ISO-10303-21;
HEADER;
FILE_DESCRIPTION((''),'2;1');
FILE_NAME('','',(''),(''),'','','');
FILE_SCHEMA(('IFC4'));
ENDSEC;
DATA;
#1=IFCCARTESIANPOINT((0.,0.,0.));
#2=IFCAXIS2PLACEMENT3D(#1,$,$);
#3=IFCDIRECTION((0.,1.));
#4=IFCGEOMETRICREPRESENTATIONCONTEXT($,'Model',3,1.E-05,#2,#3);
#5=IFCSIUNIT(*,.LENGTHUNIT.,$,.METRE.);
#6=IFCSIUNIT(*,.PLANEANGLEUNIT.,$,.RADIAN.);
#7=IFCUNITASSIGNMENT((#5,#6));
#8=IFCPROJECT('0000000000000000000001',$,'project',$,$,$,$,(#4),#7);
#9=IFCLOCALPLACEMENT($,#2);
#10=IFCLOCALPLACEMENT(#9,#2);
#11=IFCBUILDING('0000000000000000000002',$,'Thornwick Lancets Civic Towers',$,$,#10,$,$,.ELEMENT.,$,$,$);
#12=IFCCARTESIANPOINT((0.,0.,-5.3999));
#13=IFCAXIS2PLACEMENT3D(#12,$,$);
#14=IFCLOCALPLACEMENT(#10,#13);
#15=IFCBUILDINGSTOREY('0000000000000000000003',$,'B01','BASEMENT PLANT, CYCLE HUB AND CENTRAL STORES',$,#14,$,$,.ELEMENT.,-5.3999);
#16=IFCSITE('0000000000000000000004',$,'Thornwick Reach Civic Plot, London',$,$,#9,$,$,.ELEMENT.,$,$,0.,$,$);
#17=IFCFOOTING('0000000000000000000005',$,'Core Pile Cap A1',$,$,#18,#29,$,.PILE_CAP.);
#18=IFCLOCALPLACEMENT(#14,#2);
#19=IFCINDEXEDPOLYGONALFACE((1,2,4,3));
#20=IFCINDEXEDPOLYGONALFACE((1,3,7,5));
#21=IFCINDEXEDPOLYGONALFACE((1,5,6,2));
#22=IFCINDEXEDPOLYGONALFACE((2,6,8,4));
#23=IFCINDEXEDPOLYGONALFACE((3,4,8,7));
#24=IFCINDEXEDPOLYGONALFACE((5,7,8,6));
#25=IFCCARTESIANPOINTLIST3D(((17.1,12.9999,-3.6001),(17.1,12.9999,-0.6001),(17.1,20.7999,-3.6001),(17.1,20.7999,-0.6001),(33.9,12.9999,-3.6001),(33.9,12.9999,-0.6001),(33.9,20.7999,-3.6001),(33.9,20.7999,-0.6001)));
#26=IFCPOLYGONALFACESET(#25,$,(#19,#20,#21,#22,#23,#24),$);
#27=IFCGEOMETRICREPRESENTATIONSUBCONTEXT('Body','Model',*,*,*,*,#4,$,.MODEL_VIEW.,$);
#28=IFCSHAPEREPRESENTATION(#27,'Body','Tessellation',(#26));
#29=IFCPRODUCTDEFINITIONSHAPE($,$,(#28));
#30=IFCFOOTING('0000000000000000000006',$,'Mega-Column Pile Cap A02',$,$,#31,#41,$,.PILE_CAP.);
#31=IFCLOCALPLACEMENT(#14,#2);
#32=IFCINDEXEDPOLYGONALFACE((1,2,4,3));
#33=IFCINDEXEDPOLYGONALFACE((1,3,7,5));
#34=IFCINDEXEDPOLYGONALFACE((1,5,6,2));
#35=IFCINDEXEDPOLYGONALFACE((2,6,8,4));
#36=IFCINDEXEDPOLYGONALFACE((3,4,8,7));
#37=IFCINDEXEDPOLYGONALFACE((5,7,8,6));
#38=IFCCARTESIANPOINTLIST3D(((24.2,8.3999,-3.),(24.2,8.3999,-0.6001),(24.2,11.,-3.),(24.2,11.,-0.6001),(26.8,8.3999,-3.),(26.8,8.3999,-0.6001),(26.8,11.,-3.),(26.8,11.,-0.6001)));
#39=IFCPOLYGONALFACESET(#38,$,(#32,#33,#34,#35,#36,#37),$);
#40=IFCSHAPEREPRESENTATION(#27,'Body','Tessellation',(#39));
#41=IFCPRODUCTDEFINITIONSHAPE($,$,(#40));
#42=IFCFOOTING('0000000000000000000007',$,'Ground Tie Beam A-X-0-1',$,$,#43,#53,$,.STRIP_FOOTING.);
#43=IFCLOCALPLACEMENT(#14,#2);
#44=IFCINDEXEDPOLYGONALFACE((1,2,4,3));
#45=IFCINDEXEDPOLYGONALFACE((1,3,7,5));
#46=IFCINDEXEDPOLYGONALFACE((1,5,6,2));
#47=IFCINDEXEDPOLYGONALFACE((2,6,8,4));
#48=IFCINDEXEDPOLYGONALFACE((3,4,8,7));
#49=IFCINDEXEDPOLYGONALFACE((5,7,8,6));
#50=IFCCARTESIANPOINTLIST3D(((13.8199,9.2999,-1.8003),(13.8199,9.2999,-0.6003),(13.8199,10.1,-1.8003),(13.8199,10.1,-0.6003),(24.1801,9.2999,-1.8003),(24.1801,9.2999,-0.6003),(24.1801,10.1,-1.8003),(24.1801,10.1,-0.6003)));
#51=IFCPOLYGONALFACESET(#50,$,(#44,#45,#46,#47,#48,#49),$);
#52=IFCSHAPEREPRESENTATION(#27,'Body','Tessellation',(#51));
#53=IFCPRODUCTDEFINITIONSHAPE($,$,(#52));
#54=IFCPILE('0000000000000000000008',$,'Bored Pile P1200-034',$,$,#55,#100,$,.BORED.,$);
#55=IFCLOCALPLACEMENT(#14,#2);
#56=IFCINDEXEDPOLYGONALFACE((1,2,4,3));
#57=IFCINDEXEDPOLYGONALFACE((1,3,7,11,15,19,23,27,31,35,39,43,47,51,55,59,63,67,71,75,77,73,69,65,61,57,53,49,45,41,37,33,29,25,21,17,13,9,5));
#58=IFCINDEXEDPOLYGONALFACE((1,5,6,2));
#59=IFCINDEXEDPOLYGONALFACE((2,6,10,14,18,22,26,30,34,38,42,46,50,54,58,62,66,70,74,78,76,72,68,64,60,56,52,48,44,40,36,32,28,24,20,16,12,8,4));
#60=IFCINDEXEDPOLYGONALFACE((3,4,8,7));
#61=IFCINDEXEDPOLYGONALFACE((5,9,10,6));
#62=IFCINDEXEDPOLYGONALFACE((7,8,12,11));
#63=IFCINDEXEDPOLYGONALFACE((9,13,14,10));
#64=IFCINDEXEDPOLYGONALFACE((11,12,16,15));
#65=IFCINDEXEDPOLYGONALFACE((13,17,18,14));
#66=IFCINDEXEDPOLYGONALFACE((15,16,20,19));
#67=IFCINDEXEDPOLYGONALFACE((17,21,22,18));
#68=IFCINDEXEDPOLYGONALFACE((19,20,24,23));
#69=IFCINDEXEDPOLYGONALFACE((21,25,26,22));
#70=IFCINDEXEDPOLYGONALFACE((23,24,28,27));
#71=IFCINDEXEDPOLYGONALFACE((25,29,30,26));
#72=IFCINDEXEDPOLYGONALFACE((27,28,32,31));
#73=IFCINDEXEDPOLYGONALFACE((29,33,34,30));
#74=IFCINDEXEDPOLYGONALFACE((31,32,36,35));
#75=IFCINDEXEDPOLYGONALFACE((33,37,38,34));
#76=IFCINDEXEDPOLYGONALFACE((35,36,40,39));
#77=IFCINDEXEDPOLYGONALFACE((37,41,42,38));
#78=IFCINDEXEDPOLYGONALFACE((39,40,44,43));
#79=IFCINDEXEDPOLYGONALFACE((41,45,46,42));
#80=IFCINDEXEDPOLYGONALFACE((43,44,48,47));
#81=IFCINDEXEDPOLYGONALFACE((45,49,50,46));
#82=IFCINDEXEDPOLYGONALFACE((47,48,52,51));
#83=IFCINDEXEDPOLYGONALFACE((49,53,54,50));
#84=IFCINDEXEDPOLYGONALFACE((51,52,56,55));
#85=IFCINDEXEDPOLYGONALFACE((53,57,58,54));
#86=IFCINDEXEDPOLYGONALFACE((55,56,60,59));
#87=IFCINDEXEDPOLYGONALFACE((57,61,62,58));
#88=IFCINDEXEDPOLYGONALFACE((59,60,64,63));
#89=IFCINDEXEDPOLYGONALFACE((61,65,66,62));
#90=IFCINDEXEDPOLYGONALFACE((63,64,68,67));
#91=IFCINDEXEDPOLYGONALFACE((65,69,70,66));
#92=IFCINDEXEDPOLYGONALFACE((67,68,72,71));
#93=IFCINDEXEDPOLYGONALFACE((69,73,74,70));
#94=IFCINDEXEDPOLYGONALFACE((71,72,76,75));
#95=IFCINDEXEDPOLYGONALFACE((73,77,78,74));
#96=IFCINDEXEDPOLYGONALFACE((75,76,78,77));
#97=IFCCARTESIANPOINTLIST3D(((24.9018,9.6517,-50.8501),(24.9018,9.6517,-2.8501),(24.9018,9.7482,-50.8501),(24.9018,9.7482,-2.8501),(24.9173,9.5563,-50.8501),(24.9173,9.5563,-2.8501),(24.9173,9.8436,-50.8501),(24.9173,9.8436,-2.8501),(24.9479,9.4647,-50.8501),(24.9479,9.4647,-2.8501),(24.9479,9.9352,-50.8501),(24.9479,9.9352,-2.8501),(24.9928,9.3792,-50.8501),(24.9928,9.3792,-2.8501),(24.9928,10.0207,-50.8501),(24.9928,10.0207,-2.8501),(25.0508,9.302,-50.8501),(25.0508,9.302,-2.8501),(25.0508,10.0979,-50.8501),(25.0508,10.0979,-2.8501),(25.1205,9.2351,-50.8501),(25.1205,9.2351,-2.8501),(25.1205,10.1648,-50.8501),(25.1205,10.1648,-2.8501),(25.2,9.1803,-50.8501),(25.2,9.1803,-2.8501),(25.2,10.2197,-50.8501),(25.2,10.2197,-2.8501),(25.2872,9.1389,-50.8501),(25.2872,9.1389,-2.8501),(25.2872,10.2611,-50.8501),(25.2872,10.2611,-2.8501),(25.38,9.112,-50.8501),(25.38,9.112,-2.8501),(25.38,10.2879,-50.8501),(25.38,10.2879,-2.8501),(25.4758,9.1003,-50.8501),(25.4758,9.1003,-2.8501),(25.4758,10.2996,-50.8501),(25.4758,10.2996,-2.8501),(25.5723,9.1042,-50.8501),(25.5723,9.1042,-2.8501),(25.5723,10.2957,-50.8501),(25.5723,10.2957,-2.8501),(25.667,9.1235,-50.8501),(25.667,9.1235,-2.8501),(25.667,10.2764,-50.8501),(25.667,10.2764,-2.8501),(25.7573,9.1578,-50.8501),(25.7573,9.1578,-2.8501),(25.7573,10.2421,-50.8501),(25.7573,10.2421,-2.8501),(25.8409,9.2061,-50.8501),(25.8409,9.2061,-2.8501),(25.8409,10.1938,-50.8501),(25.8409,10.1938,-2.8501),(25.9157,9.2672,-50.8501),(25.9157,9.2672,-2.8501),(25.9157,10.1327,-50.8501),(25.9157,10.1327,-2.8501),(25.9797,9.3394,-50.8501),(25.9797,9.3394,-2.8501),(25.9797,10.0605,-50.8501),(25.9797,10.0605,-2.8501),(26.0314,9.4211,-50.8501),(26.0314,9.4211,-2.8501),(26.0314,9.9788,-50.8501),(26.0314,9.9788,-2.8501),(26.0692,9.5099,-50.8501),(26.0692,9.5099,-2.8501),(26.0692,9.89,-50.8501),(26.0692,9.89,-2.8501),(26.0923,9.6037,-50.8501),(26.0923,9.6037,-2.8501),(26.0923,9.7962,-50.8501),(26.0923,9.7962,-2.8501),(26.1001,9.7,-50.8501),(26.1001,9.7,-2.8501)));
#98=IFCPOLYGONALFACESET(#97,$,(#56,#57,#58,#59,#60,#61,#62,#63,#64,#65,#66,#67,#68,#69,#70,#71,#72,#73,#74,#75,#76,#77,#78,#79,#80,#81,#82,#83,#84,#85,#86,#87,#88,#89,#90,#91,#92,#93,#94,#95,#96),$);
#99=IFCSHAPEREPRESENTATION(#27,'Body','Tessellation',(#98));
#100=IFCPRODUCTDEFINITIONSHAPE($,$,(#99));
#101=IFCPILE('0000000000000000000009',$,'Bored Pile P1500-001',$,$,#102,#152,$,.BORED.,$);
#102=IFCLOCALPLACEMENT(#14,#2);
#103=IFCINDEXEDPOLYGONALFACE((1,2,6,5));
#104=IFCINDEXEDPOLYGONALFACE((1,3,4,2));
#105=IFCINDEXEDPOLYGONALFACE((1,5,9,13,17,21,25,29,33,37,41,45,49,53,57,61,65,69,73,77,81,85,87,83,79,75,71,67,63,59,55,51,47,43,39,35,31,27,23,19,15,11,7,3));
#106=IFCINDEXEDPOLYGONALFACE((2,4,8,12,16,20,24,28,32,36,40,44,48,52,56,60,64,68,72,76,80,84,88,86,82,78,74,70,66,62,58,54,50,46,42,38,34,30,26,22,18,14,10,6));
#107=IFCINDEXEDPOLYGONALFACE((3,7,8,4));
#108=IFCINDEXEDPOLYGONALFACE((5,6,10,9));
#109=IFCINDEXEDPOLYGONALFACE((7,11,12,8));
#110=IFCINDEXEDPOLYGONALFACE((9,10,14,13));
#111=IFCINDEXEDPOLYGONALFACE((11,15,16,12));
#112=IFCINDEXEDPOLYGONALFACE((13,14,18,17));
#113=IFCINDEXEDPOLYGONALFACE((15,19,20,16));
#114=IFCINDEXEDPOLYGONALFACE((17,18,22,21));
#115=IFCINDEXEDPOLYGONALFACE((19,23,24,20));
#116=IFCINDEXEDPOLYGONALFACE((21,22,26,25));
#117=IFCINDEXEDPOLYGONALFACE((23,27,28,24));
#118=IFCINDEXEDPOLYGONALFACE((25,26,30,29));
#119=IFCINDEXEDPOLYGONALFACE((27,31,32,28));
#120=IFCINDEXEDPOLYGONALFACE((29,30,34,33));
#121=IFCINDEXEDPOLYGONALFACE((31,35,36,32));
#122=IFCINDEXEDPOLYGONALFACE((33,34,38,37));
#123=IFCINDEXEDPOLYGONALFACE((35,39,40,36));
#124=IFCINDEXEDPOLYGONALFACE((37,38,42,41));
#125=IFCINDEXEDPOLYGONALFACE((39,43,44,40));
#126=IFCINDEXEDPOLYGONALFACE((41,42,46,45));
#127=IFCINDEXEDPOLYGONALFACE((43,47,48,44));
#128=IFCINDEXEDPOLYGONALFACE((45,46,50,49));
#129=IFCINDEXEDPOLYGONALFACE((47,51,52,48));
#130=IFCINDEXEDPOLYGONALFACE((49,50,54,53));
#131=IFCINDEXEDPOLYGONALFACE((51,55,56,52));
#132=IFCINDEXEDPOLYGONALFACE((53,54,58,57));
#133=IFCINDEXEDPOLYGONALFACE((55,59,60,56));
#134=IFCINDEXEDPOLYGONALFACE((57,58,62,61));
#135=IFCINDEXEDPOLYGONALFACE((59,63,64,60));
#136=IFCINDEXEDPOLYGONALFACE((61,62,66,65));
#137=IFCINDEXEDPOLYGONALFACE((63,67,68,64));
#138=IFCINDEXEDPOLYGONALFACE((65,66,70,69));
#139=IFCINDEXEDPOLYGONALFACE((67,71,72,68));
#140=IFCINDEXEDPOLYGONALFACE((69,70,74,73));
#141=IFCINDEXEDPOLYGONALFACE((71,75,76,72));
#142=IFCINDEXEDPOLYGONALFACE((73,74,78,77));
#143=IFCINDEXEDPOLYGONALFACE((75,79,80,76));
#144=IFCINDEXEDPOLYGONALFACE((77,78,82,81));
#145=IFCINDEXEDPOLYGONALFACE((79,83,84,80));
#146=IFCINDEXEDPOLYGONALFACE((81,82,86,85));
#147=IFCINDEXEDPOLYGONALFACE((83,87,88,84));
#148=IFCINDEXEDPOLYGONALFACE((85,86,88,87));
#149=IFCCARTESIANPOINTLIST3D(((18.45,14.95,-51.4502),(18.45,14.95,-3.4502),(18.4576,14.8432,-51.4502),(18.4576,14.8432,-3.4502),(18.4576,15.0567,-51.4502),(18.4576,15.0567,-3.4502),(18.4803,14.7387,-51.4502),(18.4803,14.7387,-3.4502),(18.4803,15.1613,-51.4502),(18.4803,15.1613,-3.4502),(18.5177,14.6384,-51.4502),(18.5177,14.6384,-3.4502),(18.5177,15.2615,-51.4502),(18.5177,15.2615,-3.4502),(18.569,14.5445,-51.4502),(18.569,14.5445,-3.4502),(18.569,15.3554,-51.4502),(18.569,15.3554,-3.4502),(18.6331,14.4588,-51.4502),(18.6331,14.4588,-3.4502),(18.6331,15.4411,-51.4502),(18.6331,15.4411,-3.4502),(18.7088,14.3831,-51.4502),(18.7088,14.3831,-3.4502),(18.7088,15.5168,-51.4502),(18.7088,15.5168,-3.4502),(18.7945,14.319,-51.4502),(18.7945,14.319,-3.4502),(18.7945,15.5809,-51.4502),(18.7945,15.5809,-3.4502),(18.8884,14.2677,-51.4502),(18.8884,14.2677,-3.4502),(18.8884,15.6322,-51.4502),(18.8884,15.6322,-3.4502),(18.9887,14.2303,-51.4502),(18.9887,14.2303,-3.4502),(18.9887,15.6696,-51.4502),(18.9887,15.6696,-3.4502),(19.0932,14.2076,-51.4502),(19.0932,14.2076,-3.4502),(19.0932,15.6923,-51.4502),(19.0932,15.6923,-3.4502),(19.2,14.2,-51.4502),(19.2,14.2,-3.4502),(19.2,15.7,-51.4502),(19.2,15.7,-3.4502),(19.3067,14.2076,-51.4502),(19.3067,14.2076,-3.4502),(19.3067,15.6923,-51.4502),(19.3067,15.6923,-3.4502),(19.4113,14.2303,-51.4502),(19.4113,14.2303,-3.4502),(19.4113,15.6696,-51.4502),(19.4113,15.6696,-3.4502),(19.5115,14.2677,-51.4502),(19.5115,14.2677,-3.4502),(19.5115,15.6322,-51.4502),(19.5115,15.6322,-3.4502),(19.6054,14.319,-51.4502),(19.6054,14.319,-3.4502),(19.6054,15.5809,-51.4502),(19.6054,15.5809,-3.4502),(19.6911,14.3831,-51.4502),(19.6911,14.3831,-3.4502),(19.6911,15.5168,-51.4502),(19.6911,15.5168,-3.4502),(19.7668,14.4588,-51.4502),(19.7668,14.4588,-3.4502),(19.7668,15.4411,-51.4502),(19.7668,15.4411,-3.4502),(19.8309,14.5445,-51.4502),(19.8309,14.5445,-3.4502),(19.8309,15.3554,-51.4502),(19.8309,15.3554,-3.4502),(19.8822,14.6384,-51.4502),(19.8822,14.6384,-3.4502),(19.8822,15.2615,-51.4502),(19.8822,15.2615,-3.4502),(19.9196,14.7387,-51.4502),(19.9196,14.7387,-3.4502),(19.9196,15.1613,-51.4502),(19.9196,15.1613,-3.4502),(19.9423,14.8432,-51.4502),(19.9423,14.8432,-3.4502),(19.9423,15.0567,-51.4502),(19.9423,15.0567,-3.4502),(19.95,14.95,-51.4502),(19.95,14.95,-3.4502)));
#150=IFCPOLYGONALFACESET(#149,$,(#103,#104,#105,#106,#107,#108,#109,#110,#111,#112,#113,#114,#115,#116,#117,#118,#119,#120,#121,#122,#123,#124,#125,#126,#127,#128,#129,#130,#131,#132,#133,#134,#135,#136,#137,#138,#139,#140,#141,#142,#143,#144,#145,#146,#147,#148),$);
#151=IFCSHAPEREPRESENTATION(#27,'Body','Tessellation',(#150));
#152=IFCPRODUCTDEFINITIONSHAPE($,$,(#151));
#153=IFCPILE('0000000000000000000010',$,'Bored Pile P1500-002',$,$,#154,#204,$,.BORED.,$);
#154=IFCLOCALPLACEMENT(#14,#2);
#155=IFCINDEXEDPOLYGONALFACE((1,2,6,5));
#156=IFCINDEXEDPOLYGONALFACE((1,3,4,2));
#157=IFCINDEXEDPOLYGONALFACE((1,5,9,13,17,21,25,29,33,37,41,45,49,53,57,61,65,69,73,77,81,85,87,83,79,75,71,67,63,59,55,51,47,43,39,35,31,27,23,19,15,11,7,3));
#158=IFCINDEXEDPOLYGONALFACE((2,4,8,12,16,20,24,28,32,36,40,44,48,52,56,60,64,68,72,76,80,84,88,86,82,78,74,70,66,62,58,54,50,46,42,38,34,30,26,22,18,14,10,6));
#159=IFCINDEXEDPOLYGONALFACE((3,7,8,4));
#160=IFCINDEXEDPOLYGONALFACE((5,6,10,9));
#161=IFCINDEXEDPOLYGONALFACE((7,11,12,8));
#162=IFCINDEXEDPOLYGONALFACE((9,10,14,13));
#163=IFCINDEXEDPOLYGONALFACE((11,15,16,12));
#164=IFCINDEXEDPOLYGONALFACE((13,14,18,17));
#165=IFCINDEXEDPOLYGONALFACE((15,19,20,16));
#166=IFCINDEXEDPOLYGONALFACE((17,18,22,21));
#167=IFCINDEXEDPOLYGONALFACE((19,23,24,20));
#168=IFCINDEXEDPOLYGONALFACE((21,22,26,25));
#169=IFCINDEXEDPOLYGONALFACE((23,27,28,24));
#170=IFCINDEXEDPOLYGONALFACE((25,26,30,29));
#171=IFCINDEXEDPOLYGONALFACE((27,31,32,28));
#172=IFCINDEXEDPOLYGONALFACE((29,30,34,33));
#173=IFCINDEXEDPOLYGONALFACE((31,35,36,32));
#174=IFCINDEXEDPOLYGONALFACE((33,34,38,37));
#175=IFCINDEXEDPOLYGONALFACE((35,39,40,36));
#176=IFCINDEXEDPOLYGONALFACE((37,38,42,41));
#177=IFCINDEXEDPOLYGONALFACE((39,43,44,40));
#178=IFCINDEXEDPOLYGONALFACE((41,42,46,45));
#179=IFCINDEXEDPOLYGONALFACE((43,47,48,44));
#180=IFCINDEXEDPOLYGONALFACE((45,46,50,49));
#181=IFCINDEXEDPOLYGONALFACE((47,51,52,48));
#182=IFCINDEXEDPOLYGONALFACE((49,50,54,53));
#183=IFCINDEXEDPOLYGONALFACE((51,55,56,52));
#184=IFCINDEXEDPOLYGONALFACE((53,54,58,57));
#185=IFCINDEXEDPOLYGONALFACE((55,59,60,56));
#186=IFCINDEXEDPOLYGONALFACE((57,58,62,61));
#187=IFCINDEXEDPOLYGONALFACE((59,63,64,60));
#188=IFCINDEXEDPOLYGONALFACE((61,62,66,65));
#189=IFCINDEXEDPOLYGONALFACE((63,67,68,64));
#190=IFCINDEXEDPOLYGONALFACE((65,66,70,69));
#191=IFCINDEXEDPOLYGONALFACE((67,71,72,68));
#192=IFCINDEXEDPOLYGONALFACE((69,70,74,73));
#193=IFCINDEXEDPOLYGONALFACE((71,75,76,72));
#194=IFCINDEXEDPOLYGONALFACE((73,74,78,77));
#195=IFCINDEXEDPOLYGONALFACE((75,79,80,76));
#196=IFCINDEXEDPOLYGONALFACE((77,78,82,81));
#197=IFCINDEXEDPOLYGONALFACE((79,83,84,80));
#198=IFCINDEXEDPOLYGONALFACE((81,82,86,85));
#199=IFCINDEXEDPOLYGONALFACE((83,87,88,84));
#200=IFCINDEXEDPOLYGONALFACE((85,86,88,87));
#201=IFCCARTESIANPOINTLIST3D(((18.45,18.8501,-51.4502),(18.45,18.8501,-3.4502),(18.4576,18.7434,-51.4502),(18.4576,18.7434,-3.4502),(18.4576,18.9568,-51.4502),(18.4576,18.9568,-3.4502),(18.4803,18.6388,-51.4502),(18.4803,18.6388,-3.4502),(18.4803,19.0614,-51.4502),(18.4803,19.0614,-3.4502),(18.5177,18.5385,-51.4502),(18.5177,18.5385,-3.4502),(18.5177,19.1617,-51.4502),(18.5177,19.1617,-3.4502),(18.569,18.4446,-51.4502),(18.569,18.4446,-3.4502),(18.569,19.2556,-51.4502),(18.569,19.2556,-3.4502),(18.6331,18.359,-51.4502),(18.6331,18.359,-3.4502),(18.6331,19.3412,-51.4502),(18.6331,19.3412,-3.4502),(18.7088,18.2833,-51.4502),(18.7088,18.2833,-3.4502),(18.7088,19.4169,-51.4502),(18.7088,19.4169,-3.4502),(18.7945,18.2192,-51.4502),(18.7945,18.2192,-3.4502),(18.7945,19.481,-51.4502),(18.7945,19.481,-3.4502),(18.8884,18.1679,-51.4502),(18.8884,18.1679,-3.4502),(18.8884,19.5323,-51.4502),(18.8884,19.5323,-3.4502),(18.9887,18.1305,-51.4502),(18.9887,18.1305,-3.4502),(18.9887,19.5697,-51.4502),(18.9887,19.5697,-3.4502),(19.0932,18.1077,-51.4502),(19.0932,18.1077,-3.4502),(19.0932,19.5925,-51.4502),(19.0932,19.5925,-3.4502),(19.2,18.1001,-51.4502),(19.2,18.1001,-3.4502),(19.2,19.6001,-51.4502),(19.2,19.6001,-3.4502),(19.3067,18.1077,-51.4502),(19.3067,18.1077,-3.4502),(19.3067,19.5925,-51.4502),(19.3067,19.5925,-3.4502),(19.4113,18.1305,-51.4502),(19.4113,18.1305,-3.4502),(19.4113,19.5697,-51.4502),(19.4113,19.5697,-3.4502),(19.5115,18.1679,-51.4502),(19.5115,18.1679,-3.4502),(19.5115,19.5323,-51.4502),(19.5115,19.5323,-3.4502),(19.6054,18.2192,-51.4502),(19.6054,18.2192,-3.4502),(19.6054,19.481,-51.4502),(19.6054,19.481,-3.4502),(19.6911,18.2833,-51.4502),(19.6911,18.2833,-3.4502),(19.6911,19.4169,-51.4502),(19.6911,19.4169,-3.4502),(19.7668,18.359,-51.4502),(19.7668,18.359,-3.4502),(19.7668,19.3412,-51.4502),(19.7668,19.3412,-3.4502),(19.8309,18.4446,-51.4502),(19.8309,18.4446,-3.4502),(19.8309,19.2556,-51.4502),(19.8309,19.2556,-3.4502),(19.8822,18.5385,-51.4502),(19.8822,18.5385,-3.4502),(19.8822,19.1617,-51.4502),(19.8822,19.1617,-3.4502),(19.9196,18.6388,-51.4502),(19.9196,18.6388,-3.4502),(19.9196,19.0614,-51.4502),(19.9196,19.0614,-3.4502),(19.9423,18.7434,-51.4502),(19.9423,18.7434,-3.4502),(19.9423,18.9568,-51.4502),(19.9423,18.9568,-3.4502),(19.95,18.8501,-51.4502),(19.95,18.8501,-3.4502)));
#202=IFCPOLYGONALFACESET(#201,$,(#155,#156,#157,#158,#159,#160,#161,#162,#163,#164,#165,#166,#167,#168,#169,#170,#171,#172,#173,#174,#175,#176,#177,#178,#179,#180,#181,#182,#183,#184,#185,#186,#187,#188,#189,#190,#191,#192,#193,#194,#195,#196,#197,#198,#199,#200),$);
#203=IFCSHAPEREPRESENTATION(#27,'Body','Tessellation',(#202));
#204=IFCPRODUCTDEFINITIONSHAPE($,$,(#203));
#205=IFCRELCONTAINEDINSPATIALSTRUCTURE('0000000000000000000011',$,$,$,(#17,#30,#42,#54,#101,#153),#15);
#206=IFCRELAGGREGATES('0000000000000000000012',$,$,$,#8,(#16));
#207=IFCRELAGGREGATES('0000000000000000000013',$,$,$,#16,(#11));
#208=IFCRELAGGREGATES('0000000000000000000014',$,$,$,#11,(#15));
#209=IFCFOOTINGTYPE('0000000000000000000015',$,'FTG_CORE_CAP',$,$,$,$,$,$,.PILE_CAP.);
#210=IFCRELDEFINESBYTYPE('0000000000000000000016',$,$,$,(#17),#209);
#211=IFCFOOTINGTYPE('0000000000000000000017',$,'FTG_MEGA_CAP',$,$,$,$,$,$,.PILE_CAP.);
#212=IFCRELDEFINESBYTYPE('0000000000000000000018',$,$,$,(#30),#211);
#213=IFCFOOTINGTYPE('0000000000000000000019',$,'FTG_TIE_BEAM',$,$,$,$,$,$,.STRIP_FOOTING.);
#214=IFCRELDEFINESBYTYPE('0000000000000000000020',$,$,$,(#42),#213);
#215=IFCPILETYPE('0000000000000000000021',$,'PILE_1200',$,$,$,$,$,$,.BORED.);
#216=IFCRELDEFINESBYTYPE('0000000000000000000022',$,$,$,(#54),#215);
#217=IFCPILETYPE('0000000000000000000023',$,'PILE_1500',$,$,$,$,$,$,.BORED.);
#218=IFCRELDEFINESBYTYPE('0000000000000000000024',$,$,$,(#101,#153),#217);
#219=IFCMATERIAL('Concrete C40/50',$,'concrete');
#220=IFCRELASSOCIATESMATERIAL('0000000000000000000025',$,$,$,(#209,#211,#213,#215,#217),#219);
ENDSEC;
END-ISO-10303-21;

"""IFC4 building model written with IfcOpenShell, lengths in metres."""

from ifc_helpers import new_model, si_unit, direction, frame, origin, origin_2d, place, context, subcontext, project, spatial, rectangle, circle, extrude, material, material_profile, profile_set, type_object, element, save


model = new_model("IFC4")

# Units and contexts
model_context = context("Model", 3, precision=1e-05, world=origin(), true_north=direction((0.0, 1.0)))
body_context = subcontext(model_context, "Body", "Model", "MODEL_VIEW")
ifc_project = project(units=[si_unit("LENGTHUNIT", "METRE"), si_unit("PLANEANGLEUNIT", "RADIAN")], contexts=[model_context])

# Site, building, storey
site_placement = place(None, origin())
site = spatial("IfcSite", under=ifc_project, at=site_placement, Name="Thornwick Reach Civic Plot, London", CompositionType="ELEMENT", RefElevation=0.0)
building_placement = place(site_placement, origin())
building = spatial("IfcBuilding", under=site, at=building_placement, Name="Thornwick Lancets Civic Towers", CompositionType="ELEMENT")
storey_placement = place(building_placement, frame((0.0, 0.0, -5.3999)))
storey = spatial("IfcBuildingStorey", under=building, at=storey_placement, Name="B01", Description="BASEMENT PLANT, CYCLE HUB AND CENTRAL STORES", CompositionType="ELEMENT", Elevation=-5.3999)

# Footings
ifc_material_1 = material(Name="Concrete C40/50", Category="concrete")
footing_type_1 = type_object("IfcFootingType", Name="FTG_CORE_CAP", PredefinedType="PILE_CAP", material=ifc_material_1)
footing_1_placement = place(storey_placement, frame((25.5, 16.8999, -3.6001), z_axis=(0.0, 0.0, 1.0), x_axis=(1.0, 0.0, 0.0)))
element("IfcFooting", 1, at=footing_1_placement, inside=storey, type_object=footing_type_1, Name="Core Pile Cap A1", PredefinedType="PILE_CAP", context=body_context, shape_type="SweptSolid", body=[
    extrude(rectangle(XDim=16.8, YDim=7.8, at=origin_2d()), origin(), (0.0, 0.0, 1.0), 3.0),
])
footing_type_2 = type_object("IfcFootingType", Name="FTG_MEGA_CAP", PredefinedType="PILE_CAP", material=ifc_material_1)
footing_2_placement = place(storey_placement, frame((25.5, 9.7, -3.0), z_axis=(0.0, 0.0, 1.0), x_axis=(1.0, 0.0, 0.0)))
element("IfcFooting", 2, at=footing_2_placement, inside=storey, type_object=footing_type_2, Name="Mega-Column Pile Cap A02", PredefinedType="PILE_CAP", context=body_context, shape_type="SweptSolid", body=[
    extrude(rectangle(XDim=2.6001, YDim=2.6001, at=origin_2d()), origin(), (0.0, 0.0, 1.0), 2.3999),
])
footing_type_3 = type_object("IfcFootingType", Name="FTG_TIE_BEAM", PredefinedType="STRIP_FOOTING", material=ifc_material_1)
footing_3_placement = place(storey_placement, frame((19.0, 9.7, -1.8003), z_axis=(0.0, 0.0, 1.0), x_axis=(1.0, 0.0, 0.0)))
element("IfcFooting", 3, at=footing_3_placement, inside=storey, type_object=footing_type_3, Name="Ground Tie Beam A-X-0-1", PredefinedType="STRIP_FOOTING", context=body_context, shape_type="SweptSolid", body=[
    extrude(rectangle(XDim=10.3601, YDim=0.8, at=origin_2d()), origin(), (0.0, 0.0, 1.0), 1.2),
])

# Piles
ifc_material_profile_1 = material_profile(ifc_material_1, circle(Radius=0.6001, at=origin_2d()), Name="PILE D1200")
ifc_profile_set_1 = profile_set([ifc_material_profile_1], Name="Concrete C40/50")
pile_type_1 = type_object("IfcPileType", Name="PILE_1200", PredefinedType="BORED", material=ifc_profile_set_1)
pile_placement = place(storey_placement, frame((25.5, 9.7, -2.8501), z_axis=(0.0, 0.0, -1.0), x_axis=(1.0, 0.0, 0.0)))
element("IfcPile", 4, at=pile_placement, inside=storey, type_object=pile_type_1, Name="Bored Pile P1200-034", PredefinedType="BORED", context=body_context, shape_type="SweptSolid", body=[
    extrude(circle(Radius=0.6001, at=origin_2d()), origin(), (0.0, 0.0, 1.0), 48.0),
])
ifc_material_profile_2 = material_profile(ifc_material_1, circle(Radius=0.75, at=origin_2d()), Name="PILE D1500")
ifc_profile_set_2 = profile_set([ifc_material_profile_2], Name="Concrete C40/50")
pile_type_2 = type_object("IfcPileType", Name="PILE_1500", PredefinedType="BORED", material=ifc_profile_set_2)
for number, where, z_axis, x_axis, name in (
    (5, (19.2, 14.95, -3.4502), (0.0, 0.0, -1.0), (1.0, 0.0, 0.0), "Bored Pile P1500-001"),
    (6, (19.2, 18.8501, -3.4502), (0.0, 0.0, -1.0), (1.0, 0.0, 0.0), "Bored Pile P1500-002"),
):
    element("IfcPile", number, at=place(storey_placement, frame(where, z_axis=z_axis, x_axis=x_axis)), inside=storey, type_object=pile_type_2, Name=name, PredefinedType="BORED", context=body_context, shape_type="SweptSolid", body=[
        extrude(circle(Radius=0.75, at=origin_2d()), origin(), (0.0, 0.0, 1.0), 48.0),
    ])

save(model, "model.ifc")
